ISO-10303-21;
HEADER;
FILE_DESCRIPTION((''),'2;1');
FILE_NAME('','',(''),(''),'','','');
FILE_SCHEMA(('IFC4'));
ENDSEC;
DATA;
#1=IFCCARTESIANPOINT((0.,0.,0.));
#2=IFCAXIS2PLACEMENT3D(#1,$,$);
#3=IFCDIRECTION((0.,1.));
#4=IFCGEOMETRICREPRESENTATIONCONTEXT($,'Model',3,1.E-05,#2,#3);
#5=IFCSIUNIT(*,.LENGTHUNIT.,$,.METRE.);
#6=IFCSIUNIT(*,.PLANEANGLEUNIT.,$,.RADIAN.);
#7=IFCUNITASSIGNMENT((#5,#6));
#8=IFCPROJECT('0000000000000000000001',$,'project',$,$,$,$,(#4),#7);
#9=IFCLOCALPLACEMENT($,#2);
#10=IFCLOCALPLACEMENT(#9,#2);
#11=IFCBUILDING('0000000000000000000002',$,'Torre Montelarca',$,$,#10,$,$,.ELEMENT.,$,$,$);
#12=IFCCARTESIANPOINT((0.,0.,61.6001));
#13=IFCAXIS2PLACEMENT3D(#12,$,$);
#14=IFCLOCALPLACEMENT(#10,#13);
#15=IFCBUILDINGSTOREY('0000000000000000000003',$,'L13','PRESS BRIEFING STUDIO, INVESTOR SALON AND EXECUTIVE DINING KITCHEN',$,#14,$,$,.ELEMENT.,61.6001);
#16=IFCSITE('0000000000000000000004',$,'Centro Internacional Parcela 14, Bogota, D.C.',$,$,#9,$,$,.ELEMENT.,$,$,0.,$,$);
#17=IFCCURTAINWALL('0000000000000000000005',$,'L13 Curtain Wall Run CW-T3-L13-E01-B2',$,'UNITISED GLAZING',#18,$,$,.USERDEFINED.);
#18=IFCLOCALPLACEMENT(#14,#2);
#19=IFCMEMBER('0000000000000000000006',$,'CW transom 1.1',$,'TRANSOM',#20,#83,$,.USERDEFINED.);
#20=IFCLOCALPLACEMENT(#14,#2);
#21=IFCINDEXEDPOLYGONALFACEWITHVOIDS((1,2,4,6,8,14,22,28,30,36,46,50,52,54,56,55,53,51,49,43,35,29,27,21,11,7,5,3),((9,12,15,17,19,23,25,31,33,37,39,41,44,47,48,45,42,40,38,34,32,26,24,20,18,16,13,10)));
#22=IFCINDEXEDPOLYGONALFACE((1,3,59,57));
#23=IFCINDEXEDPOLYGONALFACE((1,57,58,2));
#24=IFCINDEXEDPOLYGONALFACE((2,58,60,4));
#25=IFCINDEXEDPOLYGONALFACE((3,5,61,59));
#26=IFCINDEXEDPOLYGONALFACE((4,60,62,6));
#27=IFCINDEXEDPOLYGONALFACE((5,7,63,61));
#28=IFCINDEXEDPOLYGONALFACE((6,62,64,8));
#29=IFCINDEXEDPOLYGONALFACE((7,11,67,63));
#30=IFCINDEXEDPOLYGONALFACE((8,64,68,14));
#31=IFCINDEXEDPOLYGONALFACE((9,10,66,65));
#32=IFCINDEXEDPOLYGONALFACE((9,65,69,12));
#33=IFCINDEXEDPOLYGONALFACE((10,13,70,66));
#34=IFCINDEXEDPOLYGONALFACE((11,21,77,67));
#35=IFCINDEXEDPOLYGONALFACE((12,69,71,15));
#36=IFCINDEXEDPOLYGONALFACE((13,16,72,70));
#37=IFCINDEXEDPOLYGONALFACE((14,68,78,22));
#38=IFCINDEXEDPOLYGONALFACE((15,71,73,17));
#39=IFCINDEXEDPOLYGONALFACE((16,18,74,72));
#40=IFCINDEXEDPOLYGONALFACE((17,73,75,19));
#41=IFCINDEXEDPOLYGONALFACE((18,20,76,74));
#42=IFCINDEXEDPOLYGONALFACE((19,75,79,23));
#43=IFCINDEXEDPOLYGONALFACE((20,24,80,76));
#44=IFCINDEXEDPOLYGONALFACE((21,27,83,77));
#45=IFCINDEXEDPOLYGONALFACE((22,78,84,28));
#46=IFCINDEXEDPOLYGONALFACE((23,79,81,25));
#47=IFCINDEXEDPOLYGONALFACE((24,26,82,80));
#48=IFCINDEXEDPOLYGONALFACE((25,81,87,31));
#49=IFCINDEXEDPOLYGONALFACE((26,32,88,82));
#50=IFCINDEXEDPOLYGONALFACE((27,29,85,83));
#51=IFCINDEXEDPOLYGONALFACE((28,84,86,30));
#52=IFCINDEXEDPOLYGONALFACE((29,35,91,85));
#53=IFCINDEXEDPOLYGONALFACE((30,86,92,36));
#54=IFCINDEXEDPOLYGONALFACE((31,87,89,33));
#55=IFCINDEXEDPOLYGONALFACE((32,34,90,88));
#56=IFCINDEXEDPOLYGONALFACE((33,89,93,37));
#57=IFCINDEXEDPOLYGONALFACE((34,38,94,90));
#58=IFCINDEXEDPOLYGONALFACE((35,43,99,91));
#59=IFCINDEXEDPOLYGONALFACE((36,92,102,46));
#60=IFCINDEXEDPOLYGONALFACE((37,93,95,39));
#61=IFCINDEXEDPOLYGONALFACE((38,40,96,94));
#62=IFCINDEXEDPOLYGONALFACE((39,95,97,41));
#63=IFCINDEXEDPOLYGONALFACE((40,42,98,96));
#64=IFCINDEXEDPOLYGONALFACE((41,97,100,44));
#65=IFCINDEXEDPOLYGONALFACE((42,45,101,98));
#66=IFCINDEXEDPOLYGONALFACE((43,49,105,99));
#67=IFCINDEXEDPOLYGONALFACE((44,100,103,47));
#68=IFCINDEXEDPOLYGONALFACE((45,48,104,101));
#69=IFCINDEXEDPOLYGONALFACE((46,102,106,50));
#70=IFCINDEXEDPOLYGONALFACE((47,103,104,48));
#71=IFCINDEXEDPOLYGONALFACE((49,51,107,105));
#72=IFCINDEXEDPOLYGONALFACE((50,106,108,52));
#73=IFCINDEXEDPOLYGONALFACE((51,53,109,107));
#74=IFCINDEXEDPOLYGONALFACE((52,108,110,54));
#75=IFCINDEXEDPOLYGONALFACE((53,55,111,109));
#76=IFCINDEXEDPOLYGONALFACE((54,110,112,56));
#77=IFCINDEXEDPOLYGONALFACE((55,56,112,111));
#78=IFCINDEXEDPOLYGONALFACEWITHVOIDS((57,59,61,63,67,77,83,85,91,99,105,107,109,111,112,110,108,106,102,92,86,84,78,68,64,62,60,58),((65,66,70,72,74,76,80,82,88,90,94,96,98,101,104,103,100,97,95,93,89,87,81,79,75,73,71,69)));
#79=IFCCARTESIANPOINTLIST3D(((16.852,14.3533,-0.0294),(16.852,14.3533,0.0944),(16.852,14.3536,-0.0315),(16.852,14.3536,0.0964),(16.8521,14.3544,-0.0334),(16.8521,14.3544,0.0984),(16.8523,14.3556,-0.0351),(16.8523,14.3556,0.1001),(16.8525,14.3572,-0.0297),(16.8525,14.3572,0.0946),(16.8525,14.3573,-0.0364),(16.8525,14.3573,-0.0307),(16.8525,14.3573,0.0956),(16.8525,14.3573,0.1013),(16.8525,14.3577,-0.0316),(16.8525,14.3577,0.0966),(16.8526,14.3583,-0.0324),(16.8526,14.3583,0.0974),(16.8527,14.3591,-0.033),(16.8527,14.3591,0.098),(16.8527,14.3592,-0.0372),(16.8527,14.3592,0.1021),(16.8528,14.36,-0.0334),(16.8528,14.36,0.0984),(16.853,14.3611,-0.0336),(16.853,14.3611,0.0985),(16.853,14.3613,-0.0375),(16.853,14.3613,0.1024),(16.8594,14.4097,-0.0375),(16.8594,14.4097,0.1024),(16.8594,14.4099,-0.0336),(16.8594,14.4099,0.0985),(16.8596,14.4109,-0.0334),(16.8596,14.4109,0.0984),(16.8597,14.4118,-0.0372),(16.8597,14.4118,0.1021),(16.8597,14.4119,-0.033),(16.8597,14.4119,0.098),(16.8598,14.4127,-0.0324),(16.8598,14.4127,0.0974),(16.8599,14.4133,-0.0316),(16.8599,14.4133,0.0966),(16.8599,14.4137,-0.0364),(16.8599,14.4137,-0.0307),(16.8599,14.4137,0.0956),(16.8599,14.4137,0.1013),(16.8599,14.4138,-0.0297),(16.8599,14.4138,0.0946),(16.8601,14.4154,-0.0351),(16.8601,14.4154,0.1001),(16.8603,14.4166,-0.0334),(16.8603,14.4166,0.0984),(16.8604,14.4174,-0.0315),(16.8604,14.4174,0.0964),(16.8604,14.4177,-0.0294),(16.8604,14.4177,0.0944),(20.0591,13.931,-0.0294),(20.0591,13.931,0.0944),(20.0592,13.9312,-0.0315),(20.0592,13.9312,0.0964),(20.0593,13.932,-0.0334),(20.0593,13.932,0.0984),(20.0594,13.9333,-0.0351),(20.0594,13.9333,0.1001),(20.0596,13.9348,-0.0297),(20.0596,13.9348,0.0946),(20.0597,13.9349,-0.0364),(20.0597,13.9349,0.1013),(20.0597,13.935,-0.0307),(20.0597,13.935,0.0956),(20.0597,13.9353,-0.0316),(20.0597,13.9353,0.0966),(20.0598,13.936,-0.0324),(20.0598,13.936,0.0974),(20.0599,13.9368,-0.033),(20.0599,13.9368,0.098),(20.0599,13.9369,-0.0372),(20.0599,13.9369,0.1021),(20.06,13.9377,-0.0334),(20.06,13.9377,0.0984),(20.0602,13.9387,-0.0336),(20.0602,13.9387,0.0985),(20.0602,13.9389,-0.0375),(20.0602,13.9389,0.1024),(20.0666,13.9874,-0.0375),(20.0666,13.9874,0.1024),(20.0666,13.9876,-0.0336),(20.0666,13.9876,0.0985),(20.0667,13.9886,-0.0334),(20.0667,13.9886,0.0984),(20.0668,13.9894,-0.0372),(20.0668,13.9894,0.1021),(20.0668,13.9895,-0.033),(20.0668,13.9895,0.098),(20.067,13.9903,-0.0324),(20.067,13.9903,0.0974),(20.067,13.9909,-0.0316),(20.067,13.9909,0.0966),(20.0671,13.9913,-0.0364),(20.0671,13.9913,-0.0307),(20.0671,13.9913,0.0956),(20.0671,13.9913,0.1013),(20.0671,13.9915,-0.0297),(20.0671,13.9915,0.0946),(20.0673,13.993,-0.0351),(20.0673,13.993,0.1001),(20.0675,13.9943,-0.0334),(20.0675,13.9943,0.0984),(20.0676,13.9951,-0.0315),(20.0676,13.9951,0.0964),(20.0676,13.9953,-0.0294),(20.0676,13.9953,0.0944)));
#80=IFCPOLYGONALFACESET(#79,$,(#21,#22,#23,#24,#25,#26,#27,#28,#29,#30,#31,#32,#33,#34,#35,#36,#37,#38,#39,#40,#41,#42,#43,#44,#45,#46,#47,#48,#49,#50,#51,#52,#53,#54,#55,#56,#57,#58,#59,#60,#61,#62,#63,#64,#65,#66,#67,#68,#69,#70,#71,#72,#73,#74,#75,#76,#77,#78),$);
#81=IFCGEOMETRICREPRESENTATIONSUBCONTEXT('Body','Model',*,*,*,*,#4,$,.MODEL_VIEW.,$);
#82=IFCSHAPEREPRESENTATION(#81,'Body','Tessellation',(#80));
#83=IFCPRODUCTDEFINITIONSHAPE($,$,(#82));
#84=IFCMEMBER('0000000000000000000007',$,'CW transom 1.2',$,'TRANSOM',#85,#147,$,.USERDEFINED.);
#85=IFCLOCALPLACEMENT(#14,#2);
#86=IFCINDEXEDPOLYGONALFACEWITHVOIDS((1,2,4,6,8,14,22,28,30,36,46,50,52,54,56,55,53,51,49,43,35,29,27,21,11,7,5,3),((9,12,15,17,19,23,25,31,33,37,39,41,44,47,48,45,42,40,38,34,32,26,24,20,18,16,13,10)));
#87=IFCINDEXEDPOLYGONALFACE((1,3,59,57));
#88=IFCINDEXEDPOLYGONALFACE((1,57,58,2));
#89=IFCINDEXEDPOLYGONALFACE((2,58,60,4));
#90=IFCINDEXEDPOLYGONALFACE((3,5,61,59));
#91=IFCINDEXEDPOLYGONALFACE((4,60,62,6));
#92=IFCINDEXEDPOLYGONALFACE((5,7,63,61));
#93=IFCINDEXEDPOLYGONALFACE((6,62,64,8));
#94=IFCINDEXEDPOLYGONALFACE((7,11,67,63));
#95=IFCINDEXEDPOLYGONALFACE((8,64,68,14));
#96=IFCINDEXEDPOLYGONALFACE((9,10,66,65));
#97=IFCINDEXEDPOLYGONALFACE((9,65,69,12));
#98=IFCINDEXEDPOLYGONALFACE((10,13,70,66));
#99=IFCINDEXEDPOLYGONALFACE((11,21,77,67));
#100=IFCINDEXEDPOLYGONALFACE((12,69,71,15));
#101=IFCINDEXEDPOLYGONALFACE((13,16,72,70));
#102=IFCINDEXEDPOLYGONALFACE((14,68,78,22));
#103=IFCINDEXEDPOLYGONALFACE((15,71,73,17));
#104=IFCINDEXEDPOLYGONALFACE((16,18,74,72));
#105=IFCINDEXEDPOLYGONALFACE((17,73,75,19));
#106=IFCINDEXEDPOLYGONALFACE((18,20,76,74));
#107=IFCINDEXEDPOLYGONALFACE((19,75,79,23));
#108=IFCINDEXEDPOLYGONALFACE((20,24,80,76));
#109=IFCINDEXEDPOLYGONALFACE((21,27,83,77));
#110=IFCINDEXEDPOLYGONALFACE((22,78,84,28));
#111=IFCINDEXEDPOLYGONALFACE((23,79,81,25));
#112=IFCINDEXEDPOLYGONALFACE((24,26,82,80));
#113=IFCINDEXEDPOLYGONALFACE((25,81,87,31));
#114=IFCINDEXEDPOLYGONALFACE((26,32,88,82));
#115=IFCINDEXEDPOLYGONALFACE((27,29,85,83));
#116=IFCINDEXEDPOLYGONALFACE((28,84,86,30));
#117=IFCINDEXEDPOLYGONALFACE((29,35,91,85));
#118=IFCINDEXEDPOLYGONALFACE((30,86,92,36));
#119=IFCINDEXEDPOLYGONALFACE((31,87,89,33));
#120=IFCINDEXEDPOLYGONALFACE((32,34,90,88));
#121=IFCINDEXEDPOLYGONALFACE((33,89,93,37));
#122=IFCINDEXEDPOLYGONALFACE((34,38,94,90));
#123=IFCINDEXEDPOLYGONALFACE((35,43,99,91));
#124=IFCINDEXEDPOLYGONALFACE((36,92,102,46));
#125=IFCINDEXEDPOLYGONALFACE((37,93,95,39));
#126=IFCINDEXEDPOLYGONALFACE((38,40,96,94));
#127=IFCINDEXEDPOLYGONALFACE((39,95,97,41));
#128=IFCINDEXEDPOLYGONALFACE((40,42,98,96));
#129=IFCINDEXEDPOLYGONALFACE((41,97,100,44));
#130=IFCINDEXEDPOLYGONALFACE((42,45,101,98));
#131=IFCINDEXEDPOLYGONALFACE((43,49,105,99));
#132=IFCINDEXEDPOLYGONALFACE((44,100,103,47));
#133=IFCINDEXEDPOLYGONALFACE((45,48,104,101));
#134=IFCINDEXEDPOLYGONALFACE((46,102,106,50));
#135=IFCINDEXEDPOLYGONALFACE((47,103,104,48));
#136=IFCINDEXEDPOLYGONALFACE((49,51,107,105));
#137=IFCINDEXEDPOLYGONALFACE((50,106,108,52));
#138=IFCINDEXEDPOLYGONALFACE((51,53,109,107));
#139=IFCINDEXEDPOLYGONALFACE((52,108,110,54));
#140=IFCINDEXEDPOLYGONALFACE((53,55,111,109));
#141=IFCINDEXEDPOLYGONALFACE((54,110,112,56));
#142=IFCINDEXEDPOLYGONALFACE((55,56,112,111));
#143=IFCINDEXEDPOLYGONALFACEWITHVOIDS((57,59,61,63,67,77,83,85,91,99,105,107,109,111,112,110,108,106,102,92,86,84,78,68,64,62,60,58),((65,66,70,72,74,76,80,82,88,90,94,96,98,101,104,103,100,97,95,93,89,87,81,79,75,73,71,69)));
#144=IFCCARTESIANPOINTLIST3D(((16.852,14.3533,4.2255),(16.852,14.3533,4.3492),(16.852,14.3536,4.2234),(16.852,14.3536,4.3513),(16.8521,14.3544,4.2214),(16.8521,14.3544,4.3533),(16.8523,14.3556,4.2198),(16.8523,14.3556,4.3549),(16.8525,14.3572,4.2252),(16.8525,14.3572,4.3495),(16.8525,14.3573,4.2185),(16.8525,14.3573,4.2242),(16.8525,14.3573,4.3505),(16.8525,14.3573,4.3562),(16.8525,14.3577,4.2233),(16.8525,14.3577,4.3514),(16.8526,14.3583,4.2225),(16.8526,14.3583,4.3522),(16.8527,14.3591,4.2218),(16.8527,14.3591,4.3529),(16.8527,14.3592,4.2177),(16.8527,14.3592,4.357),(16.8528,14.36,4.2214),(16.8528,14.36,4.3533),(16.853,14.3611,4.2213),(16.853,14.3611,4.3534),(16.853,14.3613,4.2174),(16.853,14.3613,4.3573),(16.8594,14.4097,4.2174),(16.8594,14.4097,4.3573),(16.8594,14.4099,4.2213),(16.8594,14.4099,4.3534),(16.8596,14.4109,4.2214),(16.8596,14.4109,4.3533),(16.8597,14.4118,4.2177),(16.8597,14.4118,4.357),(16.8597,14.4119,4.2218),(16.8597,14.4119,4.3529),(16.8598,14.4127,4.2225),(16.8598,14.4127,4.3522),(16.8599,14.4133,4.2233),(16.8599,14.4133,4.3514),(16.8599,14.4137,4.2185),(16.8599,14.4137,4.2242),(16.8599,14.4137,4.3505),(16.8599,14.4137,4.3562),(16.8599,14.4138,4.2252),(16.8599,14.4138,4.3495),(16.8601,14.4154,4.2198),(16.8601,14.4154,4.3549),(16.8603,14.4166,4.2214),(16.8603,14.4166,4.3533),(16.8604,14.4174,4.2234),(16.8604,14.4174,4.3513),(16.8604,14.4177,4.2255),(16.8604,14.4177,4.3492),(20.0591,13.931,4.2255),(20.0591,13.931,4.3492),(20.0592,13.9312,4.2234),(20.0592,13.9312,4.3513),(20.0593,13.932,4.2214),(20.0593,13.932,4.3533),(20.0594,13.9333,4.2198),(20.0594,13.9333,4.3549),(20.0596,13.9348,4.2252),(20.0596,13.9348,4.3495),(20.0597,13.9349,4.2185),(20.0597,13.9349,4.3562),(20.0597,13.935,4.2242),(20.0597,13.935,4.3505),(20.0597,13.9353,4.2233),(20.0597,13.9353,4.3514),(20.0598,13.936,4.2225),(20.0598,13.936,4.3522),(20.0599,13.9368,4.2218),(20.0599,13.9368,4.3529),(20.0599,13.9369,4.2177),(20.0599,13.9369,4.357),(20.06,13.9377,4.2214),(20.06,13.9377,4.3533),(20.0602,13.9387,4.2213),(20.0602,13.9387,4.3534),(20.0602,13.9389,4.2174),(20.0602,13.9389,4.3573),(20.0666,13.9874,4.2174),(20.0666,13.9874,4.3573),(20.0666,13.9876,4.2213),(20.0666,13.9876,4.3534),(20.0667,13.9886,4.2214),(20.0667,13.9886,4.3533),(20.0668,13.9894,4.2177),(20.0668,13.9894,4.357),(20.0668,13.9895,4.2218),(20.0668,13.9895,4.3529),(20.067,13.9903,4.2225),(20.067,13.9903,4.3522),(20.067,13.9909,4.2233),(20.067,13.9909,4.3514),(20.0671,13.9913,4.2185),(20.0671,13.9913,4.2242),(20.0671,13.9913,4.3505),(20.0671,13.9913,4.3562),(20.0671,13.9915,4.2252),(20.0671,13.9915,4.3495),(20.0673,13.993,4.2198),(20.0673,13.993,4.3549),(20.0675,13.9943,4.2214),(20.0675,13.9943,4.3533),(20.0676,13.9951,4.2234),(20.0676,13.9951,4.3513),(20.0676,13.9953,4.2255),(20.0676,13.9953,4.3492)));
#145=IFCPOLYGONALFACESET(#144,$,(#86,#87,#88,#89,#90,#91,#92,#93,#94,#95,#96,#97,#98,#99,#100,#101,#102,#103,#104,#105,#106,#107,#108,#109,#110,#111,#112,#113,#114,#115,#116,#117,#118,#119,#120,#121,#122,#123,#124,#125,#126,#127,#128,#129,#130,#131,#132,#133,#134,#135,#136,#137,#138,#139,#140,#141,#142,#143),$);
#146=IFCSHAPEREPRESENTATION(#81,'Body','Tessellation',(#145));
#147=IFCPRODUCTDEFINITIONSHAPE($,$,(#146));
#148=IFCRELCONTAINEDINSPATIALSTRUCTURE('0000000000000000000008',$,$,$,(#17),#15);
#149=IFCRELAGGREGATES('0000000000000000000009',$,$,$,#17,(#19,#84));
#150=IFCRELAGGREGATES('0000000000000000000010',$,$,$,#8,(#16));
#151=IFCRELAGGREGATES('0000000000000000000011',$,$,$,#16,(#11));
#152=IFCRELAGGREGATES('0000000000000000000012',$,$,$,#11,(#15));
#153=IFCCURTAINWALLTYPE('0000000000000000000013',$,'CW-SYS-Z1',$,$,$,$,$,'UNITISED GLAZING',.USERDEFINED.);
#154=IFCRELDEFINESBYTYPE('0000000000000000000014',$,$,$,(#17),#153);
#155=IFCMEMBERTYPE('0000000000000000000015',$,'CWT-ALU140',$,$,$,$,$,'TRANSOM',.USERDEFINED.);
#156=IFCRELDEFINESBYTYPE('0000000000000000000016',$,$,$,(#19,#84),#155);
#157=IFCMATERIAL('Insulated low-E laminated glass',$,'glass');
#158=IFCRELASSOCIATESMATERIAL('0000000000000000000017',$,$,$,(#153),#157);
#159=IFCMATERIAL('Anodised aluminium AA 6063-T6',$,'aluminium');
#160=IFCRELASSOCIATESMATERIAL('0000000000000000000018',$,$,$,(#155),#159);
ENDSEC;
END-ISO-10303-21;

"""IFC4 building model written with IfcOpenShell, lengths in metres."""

from ifc_helpers import new_model, si_unit, direction, frame, origin, origin_2d, place, context, subcontext, project, spatial, hollow_rectangle, extrude, source, transform, mapped, material, material_profile, profile_set, type_object, element, aggregate, save


model = new_model("IFC4")

# Units and contexts
model_context = context("Model", 3, precision=1e-05, world=origin(), true_north=direction((0.0, 1.0)))
body_context = subcontext(model_context, "Body", "Model", "MODEL_VIEW")
ifc_project = project(units=[si_unit("LENGTHUNIT", "METRE"), si_unit("PLANEANGLEUNIT", "RADIAN")], contexts=[model_context])

# Site, building, storey
site_placement = place(None, origin())
site = spatial("IfcSite", under=ifc_project, at=site_placement, Name="Centro Internacional Parcela 14, Bogota, D.C.", CompositionType="ELEMENT", RefElevation=0.0)
building_placement = place(site_placement, origin())
building = spatial("IfcBuilding", under=site, at=building_placement, Name="Torre Montelarca", CompositionType="ELEMENT")
storey_placement = place(building_placement, frame((0.0, 0.0, 61.6001)))
storey = spatial("IfcBuildingStorey", under=building, at=storey_placement, Name="L13", Description="PRESS BRIEFING STUDIO, INVESTOR SALON AND EXECUTIVE DINING KITCHEN", CompositionType="ELEMENT", Elevation=61.6001)

# Shared definitions
ifc_material_1 = material(Name="Insulated low-E laminated glass", Category="glass")
curtain_wall_type = type_object("IfcCurtainWallType", Name="CW-SYS-Z1", ElementType="UNITISED GLAZING", PredefinedType="USERDEFINED", material=ifc_material_1)
ifc_material_2 = material(Name="Anodised aluminium AA 6063-T6", Category="aluminium")
ifc_material_profile_1 = material_profile(ifc_material_2, hollow_rectangle(XDim=0.0649, YDim=0.1399, WallThickness=0.0039, InnerFilletRadius=0.0039, OuterFilletRadius=0.0081, at=origin_2d()), Name="ALU65X140X4", Category="aluminium")
ifc_profile_set_1 = profile_set([ifc_material_profile_1], Name="Anodised aluminium AA 6063-T6")
member_type_1 = type_object("IfcMemberType", Name="CWT-ALU140", ElementType="TRANSOM", PredefinedType="USERDEFINED", material=ifc_profile_set_1)

# Curtain wall
curtain_wall_1_placement = place(storey_placement, origin())
curtain_wall_1 = element("IfcCurtainWall", 1, at=curtain_wall_1_placement, inside=storey, type_object=curtain_wall_type, Name="L13 Curtain Wall Run CW-T3-L13-E01-B2", ObjectType="UNITISED GLAZING", PredefinedType="USERDEFINED")

# Members
shared_shape_1 = source(origin(), body_context, "Body", "SweptSolid", [
    extrude(hollow_rectangle(XDim=0.0649, YDim=0.1399, WallThickness=0.0039, InnerFilletRadius=0.0039, OuterFilletRadius=0.0081, at=origin_2d()), origin(), (0.0, 0.0, 1.0), 3.2349),
])
member_1_placement = place(storey_placement, frame((16.8562, 14.3855, 0.0325), z_axis=(0.99144, -0.130562, 0.0), x_axis=(0.130562, 0.99144, 0.0)))
member_1 = element("IfcMember", 2, at=member_1_placement, type_object=member_type_1, Name="CW transom 1.1", ObjectType="TRANSOM", PredefinedType="USERDEFINED", context=body_context, shape_type="MappedRepresentation", body=[
    mapped(shared_shape_1, transform((0.0, 0.0, 0.0), scale=1.0)),
])
member_2_placement = place(storey_placement, frame((16.8562, 14.3855, 4.2874), z_axis=(0.99144, -0.130562, 0.0), x_axis=(0.130562, 0.99144, 0.0)))
member_2 = element("IfcMember", 3, at=member_2_placement, type_object=member_type_1, Name="CW transom 1.2", ObjectType="TRANSOM", PredefinedType="USERDEFINED", context=body_context, shape_type="MappedRepresentation", body=[
    mapped(shared_shape_1, transform((0.0, 0.0, 0.0), scale=1.0)),
])

aggregate(curtain_wall_1, [member_1, member_2])

save(model, "model.ifc")
